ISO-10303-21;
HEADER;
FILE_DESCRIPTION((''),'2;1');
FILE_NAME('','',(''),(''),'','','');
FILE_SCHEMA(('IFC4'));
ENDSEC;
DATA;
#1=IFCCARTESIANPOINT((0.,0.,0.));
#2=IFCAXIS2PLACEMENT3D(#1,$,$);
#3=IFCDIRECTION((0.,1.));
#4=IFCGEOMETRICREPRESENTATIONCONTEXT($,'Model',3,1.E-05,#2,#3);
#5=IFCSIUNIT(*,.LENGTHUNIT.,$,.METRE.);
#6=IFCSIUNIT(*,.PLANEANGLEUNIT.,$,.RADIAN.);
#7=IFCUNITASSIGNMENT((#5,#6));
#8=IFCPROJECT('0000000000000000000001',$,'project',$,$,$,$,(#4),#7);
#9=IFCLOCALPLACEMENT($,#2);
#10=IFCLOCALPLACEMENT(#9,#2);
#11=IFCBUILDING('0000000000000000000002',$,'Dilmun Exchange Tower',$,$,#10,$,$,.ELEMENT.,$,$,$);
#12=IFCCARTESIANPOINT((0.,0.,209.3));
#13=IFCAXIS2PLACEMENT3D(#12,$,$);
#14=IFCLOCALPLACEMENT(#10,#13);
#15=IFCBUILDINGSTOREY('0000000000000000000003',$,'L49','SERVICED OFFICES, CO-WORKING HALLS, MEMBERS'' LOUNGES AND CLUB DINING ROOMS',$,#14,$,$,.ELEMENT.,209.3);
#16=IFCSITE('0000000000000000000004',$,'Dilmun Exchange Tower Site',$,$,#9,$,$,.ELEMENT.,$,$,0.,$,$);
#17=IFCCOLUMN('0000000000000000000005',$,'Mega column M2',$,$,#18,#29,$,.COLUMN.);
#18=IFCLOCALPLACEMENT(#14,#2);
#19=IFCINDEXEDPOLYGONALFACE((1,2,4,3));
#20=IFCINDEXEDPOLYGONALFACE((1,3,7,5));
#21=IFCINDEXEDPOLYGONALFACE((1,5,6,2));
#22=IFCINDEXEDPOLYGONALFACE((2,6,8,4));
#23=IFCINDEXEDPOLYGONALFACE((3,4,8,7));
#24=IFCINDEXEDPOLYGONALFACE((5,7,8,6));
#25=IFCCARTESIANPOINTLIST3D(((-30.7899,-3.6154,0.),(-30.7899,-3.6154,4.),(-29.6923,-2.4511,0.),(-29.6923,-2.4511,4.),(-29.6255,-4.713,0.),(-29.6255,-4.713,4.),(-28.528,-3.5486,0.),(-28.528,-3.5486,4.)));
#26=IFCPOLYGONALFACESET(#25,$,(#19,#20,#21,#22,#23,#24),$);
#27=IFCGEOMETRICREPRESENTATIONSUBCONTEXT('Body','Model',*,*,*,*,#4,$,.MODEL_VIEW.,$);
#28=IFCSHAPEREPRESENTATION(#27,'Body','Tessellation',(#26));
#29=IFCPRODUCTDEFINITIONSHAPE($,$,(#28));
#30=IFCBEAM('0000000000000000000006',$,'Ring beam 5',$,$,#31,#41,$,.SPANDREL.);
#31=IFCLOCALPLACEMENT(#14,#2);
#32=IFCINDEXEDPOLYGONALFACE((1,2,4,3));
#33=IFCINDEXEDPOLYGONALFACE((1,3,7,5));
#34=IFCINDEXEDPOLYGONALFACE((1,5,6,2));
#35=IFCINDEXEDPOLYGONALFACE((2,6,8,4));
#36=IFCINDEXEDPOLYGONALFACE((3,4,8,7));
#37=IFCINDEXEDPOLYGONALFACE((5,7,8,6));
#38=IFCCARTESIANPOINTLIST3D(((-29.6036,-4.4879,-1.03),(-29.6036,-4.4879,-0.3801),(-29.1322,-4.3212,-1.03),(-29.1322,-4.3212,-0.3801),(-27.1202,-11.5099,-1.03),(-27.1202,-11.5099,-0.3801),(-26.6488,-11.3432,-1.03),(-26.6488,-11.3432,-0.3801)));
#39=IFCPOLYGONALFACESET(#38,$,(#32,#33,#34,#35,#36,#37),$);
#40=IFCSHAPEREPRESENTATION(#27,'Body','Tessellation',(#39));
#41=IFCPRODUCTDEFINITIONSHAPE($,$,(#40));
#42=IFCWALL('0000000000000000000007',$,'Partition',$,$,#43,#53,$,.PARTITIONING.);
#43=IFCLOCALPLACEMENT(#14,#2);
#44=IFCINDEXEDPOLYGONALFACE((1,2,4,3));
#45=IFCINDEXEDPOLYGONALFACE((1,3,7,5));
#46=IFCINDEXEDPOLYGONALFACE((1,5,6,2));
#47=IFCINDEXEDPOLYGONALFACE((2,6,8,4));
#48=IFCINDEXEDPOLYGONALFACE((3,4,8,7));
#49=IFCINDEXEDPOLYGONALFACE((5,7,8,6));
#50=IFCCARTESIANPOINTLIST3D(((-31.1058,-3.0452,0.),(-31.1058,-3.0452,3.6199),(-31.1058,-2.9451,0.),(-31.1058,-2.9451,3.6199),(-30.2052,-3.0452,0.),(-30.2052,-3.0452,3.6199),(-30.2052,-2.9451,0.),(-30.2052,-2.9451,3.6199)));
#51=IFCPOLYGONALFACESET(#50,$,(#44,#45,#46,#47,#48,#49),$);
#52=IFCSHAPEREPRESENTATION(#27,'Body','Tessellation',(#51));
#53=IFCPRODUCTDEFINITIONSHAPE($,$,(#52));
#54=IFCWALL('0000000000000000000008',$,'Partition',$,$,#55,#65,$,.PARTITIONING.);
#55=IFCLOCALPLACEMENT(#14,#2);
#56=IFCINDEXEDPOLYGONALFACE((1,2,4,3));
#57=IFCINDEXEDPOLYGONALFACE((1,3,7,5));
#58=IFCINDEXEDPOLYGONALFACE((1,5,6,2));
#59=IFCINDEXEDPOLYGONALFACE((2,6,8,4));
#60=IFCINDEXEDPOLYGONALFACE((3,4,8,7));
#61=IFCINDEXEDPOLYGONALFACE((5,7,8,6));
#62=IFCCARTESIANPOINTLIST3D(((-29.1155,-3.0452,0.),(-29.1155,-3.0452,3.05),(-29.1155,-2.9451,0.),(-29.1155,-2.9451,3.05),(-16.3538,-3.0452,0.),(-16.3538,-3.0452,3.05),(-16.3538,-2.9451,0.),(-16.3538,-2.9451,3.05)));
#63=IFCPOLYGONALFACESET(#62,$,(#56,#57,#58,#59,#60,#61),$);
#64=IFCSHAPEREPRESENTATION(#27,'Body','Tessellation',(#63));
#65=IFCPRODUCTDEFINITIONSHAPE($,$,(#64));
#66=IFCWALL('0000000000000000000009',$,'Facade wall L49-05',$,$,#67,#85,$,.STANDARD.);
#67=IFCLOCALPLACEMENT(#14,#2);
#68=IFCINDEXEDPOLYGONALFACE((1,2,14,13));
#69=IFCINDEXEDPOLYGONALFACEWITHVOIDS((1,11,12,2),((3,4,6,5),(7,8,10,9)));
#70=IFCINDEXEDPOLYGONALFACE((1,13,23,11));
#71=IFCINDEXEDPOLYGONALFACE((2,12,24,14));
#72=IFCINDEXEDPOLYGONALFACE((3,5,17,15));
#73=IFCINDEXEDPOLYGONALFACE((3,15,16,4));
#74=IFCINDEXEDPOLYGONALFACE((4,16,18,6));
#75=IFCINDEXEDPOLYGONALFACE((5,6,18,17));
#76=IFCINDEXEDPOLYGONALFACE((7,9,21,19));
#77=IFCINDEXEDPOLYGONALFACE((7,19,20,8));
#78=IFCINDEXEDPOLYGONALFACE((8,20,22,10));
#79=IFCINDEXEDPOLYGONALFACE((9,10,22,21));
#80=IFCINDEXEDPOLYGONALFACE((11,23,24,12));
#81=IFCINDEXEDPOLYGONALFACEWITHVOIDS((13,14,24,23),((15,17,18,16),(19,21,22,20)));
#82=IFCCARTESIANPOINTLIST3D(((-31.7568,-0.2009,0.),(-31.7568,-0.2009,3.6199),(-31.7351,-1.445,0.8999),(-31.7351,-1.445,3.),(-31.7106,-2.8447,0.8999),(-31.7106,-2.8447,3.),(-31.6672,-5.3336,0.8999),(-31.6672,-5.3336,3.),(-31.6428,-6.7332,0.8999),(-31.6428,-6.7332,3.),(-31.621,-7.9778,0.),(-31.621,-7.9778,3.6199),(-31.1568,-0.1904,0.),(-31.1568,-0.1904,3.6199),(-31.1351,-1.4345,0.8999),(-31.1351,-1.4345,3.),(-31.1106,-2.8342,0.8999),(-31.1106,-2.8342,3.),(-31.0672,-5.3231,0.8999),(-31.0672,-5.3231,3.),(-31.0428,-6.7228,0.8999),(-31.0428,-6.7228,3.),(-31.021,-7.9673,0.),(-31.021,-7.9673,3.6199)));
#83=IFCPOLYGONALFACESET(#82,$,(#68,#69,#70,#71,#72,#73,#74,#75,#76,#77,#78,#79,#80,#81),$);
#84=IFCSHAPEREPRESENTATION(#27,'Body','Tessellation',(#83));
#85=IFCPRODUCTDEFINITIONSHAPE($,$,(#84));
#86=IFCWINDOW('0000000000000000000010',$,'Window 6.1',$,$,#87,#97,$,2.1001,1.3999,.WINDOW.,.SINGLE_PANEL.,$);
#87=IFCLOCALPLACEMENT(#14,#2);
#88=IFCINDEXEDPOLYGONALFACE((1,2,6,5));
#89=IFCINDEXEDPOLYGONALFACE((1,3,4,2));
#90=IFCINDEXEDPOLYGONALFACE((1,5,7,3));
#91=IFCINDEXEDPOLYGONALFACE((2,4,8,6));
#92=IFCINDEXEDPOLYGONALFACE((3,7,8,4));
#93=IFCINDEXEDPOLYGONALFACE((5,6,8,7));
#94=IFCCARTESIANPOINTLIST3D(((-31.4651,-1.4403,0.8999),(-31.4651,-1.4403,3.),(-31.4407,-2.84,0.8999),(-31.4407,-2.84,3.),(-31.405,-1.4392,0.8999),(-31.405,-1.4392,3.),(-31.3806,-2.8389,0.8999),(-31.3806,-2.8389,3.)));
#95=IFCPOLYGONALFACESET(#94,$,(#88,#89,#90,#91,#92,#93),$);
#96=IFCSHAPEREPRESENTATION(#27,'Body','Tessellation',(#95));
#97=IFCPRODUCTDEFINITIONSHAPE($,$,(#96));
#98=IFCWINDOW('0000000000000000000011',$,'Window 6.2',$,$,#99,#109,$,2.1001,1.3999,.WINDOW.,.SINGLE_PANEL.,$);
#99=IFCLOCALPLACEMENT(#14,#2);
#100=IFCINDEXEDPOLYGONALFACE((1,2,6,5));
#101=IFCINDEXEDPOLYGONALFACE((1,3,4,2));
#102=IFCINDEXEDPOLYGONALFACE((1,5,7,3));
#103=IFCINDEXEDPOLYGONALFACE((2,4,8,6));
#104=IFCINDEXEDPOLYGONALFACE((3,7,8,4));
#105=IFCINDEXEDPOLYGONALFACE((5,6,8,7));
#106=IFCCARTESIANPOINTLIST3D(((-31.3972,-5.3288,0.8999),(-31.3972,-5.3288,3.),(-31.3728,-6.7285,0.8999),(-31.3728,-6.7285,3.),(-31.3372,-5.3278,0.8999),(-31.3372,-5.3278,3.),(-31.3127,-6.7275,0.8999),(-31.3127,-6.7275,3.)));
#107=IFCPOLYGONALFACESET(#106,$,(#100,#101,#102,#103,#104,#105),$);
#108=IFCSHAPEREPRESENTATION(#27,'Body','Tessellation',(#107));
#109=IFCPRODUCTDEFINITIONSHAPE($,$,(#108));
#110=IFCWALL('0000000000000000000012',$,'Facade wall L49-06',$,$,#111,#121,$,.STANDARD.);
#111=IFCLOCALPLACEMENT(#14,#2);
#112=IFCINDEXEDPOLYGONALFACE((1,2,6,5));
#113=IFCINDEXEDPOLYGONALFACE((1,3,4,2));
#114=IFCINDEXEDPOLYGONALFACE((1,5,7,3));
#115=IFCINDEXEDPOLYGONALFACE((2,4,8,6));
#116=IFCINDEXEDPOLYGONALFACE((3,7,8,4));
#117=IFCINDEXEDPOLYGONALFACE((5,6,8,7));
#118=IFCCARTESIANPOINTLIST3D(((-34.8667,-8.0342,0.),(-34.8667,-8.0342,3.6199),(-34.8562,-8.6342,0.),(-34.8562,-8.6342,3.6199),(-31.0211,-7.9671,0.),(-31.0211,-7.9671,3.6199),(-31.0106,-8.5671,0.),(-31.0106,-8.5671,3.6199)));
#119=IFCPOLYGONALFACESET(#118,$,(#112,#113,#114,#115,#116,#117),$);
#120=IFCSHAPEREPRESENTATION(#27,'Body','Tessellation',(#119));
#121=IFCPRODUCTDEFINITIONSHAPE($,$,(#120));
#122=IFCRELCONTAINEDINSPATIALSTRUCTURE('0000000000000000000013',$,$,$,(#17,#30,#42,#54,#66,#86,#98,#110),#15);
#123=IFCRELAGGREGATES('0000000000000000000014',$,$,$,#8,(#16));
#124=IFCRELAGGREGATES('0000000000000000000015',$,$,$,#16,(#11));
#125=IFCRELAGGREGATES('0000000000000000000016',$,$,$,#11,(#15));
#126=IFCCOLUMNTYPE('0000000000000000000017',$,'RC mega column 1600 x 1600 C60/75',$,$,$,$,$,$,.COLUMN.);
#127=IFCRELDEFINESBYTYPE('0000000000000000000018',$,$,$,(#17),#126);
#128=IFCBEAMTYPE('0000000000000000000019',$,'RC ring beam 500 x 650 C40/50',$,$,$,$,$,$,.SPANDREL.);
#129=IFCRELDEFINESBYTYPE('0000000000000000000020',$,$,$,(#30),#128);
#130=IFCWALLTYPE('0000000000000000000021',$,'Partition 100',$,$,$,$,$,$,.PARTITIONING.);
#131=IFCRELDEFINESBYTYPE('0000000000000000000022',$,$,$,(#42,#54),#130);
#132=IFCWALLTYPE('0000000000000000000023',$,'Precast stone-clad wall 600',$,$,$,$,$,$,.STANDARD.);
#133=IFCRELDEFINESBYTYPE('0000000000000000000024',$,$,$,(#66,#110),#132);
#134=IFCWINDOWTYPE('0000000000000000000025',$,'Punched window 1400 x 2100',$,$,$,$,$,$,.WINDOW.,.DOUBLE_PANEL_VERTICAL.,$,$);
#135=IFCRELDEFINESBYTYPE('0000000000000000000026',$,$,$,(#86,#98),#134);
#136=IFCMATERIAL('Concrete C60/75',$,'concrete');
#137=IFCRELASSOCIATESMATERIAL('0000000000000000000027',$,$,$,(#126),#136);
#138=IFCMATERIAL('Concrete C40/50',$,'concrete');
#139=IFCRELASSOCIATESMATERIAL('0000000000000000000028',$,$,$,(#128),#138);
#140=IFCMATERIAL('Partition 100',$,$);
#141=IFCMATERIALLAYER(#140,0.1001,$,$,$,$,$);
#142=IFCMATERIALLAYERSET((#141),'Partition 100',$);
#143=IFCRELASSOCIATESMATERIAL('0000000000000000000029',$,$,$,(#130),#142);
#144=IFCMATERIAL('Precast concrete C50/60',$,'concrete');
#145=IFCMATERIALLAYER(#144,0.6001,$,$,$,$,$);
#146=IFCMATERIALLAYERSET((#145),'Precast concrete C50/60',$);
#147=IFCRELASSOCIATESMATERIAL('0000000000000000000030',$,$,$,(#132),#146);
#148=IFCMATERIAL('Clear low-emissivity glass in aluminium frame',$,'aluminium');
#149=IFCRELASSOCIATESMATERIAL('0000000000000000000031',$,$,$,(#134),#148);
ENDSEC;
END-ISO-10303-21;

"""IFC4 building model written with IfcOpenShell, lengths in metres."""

from ifc_helpers import new_model, si_unit, direction, frame, frame_2d, origin, origin_2d, place, context, subcontext, project, spatial, rectangle, extrude, material, layer, layer_set, material_profile, profile_set, type_object, element, fill, save


model = new_model("IFC4")

# Units and contexts
model_context = context("Model", 3, precision=1e-05, world=origin(), true_north=direction((0.0, 1.0)))
body_context = subcontext(model_context, "Body", "Model", "MODEL_VIEW")
ifc_project = project(units=[si_unit("LENGTHUNIT", "METRE"), si_unit("PLANEANGLEUNIT", "RADIAN")], contexts=[model_context])

# Site, building, storey
site_placement = place(None, origin())
site = spatial("IfcSite", under=ifc_project, at=site_placement, Name="Dilmun Exchange Tower Site", CompositionType="ELEMENT", RefElevation=0.0)
building_placement = place(site_placement, origin())
building = spatial("IfcBuilding", under=site, at=building_placement, Name="Dilmun Exchange Tower", CompositionType="ELEMENT")
storey_placement = place(building_placement, frame((0.0, 0.0, 209.3)))
storey = spatial("IfcBuildingStorey", under=building, at=storey_placement, Name="L49", Description="SERVICED OFFICES, CO-WORKING HALLS, MEMBERS' LOUNGES AND CLUB DINING ROOMS", CompositionType="ELEMENT", Elevation=209.3)

# Column
ifc_material_1 = material(Name="Concrete C60/75", Category="concrete")
ifc_material_profile_1 = material_profile(ifc_material_1, rectangle(XDim=1.6001, YDim=1.6001, at=origin_2d()), Name="1600 x 1600")
ifc_profile_set_1 = profile_set([ifc_material_profile_1], Name="Concrete C60/75")
column_type = type_object("IfcColumnType", Name="RC mega column 1600 x 1600 C60/75", PredefinedType="COLUMN", material=ifc_profile_set_1)
column_placement = place(storey_placement, frame((-29.6589, -3.582, 0.0), z_axis=(0.0, 0.0, 1.0), x_axis=(0.685916, 0.727681, 0.0)))
element("IfcColumn", 1, at=column_placement, inside=storey, type_object=column_type, Name="Mega column M2", PredefinedType="COLUMN", context=body_context, shape_type="SweptSolid", body=[
    extrude(rectangle(XDim=1.6001, YDim=1.6001, at=origin_2d()), origin(), (0.0, 0.0, 1.0), 4.0),
])

# Beam
ifc_material_2 = material(Name="Concrete C40/50", Category="concrete")
ifc_material_profile_2 = material_profile(ifc_material_2, rectangle(XDim=0.5, YDim=0.6499, at=origin_2d()), Name="500 x 650")
ifc_profile_set_2 = profile_set([ifc_material_profile_2], Name="Concrete C40/50")
beam_type = type_object("IfcBeamType", Name="RC ring beam 500 x 650 C40/50", PredefinedType="SPANDREL", material=ifc_profile_set_2)
beam_placement = place(storey_placement, frame((-29.3679, -4.4045, -0.7051), z_axis=(0.333424, -0.942777, 0.0), x_axis=(0.942777, 0.333424, 0.0)))
element("IfcBeam", 2, at=beam_placement, inside=storey, type_object=beam_type, Name="Ring beam 5", PredefinedType="SPANDREL", context=body_context, shape_type="SweptSolid", body=[
    extrude(rectangle(XDim=0.5, YDim=0.6499, at=origin_2d()), origin(), (0.0, 0.0, 1.0), 7.4482),
])

# Walls
ifc_material_3 = material(Name="Partition 100")
ifc_layer_1 = layer(ifc_material_3, 0.1001)
ifc_layer_set_1 = layer_set([ifc_layer_1], Name="Partition 100")
wall_type_1 = type_object("IfcWallType", Name="Partition 100", PredefinedType="PARTITIONING", material=ifc_layer_set_1)
wall_1_placement = place(storey_placement, frame((-31.1057, -2.9951, 0.0), z_axis=(0.0, 0.0, 1.0), x_axis=(1.0, 0.0, 0.0)))
element("IfcWall", 3, at=wall_1_placement, inside=storey, type_object=wall_type_1, Name="Partition", PredefinedType="PARTITIONING", context=body_context, shape_type="SweptSolid", body=[
    extrude(rectangle(XDim=0.9006, YDim=0.1001, at=frame_2d((0.4502, 0.0))), origin(), (0.0, 0.0, 1.0), 3.6199),
])
wall_2_placement = place(storey_placement, frame((-29.1155, -2.9951, 0.0), z_axis=(0.0, 0.0, 1.0), x_axis=(1.0, 0.0, 0.0)))
element("IfcWall", 4, at=wall_2_placement, inside=storey, type_object=wall_type_1, Name="Partition", PredefinedType="PARTITIONING", context=body_context, shape_type="SweptSolid", body=[
    extrude(rectangle(XDim=12.7617, YDim=0.1001, at=frame_2d((6.3809, 0.0))), origin(), (0.0, 0.0, 1.0), 3.05),
])

# Wall, openings, windows
ifc_material_4 = material(Name="Precast concrete C50/60", Category="concrete")
ifc_layer_2 = layer(ifc_material_4, 0.6001)
ifc_layer_set_2 = layer_set([ifc_layer_2], Name="Precast concrete C50/60")
wall_type_2 = type_object("IfcWallType", Name="Precast stone-clad wall 600", PredefinedType="STANDARD", material=ifc_layer_set_2)
wall_3_placement = place(storey_placement, frame((-31.4568, -0.1956, 0.0), z_axis=(0.0, 0.0, 1.0), x_axis=(0.017452, -0.999848, 0.0)))
wall_3 = element("IfcWall", 5, at=wall_3_placement, inside=storey, type_object=wall_type_2, Name="Facade wall L49-05", PredefinedType="STANDARD", context=body_context, shape_type="SweptSolid", body=[
    extrude(rectangle(XDim=7.7781, YDim=0.6001, at=frame_2d((3.8892, 0.0))), origin(), (0.0, 0.0, 1.0), 3.6199),
])
opening_1_placement = place(wall_3_placement, frame((1.2444, 0.0, 0.8999)))
opening_1 = element("IfcOpeningElement", 6, at=opening_1_placement, cuts=wall_3, PredefinedType="OPENING", context=body_context, shape_type="SweptSolid", body=[
    extrude(rectangle(XDim=1.3999, YDim=2.1001, at=frame_2d((0.7, 1.05))), frame((0.0, 0.3101, 0.0), z_axis=(0.0, -1.0, 0.0), x_axis=(1.0, 0.0, 0.0)), (0.0, 0.0, 1.0), 0.6201),
])
opening_2_placement = place(wall_3_placement, frame((5.1335, 0.0, 0.8999)))
opening_2 = element("IfcOpeningElement", 7, at=opening_2_placement, cuts=wall_3, PredefinedType="OPENING", context=body_context, shape_type="SweptSolid", body=[
    extrude(rectangle(XDim=1.3999, YDim=2.1001, at=frame_2d((0.7, 1.05))), frame((0.0, 0.3101, 0.0), z_axis=(0.0, -1.0, 0.0), x_axis=(1.0, 0.0, 0.0)), (0.0, 0.0, 1.0), 0.6201),
])
ifc_material_5 = material(Name="Clear low-emissivity glass in aluminium frame", Category="aluminium")
window_type_1 = type_object("IfcWindowType", Name="Punched window 1400 x 2100", PartitioningType="DOUBLE_PANEL_VERTICAL", PredefinedType="WINDOW", material=ifc_material_5)
window_1_placement = place(opening_1_placement, origin())
window_1 = element("IfcWindow", 8, at=window_1_placement, inside=storey, type_object=window_type_1, Name="Window 6.1", OverallHeight=2.1001, OverallWidth=1.3999, PartitioningType="SINGLE_PANEL", PredefinedType="WINDOW", context=body_context, shape_type="SweptSolid", body=[
    extrude(rectangle(XDim=1.3999, YDim=2.1001, at=frame_2d((0.7, 1.05))), frame((0.0, 0.03, 0.0), z_axis=(0.0, -1.0, 0.0), x_axis=(1.0, 0.0, 0.0)), (0.0, 0.0, 1.0), 0.0601),
])
fill(opening_1, window_1)
window_2_placement = place(opening_2_placement, origin())
window_2 = element("IfcWindow", 9, at=window_2_placement, inside=storey, type_object=window_type_1, Name="Window 6.2", OverallHeight=2.1001, OverallWidth=1.3999, PartitioningType="SINGLE_PANEL", PredefinedType="WINDOW", context=body_context, shape_type="SweptSolid", body=[
    extrude(rectangle(XDim=1.3999, YDim=2.1001, at=frame_2d((0.7, 1.05))), frame((0.0, 0.03, 0.0), z_axis=(0.0, -1.0, 0.0), x_axis=(1.0, 0.0, 0.0)), (0.0, 0.0, 1.0), 0.0601),
])
fill(opening_2, window_2)

# Wall
wall_4_placement = place(storey_placement, frame((-31.0159, -8.2671, 0.0), z_axis=(0.0, 0.0, 1.0), x_axis=(-0.999848, -0.017455, 0.0)))
element("IfcWall", 10, at=wall_4_placement, inside=storey, type_object=wall_type_2, Name="Facade wall L49-06", PredefinedType="STANDARD", context=body_context, shape_type="SweptSolid", body=[
    extrude(rectangle(XDim=3.8462, YDim=0.6001, at=frame_2d((1.9231, 0.0))), origin(), (0.0, 0.0, 1.0), 3.6199),
])

save(model, "model.ifc")
